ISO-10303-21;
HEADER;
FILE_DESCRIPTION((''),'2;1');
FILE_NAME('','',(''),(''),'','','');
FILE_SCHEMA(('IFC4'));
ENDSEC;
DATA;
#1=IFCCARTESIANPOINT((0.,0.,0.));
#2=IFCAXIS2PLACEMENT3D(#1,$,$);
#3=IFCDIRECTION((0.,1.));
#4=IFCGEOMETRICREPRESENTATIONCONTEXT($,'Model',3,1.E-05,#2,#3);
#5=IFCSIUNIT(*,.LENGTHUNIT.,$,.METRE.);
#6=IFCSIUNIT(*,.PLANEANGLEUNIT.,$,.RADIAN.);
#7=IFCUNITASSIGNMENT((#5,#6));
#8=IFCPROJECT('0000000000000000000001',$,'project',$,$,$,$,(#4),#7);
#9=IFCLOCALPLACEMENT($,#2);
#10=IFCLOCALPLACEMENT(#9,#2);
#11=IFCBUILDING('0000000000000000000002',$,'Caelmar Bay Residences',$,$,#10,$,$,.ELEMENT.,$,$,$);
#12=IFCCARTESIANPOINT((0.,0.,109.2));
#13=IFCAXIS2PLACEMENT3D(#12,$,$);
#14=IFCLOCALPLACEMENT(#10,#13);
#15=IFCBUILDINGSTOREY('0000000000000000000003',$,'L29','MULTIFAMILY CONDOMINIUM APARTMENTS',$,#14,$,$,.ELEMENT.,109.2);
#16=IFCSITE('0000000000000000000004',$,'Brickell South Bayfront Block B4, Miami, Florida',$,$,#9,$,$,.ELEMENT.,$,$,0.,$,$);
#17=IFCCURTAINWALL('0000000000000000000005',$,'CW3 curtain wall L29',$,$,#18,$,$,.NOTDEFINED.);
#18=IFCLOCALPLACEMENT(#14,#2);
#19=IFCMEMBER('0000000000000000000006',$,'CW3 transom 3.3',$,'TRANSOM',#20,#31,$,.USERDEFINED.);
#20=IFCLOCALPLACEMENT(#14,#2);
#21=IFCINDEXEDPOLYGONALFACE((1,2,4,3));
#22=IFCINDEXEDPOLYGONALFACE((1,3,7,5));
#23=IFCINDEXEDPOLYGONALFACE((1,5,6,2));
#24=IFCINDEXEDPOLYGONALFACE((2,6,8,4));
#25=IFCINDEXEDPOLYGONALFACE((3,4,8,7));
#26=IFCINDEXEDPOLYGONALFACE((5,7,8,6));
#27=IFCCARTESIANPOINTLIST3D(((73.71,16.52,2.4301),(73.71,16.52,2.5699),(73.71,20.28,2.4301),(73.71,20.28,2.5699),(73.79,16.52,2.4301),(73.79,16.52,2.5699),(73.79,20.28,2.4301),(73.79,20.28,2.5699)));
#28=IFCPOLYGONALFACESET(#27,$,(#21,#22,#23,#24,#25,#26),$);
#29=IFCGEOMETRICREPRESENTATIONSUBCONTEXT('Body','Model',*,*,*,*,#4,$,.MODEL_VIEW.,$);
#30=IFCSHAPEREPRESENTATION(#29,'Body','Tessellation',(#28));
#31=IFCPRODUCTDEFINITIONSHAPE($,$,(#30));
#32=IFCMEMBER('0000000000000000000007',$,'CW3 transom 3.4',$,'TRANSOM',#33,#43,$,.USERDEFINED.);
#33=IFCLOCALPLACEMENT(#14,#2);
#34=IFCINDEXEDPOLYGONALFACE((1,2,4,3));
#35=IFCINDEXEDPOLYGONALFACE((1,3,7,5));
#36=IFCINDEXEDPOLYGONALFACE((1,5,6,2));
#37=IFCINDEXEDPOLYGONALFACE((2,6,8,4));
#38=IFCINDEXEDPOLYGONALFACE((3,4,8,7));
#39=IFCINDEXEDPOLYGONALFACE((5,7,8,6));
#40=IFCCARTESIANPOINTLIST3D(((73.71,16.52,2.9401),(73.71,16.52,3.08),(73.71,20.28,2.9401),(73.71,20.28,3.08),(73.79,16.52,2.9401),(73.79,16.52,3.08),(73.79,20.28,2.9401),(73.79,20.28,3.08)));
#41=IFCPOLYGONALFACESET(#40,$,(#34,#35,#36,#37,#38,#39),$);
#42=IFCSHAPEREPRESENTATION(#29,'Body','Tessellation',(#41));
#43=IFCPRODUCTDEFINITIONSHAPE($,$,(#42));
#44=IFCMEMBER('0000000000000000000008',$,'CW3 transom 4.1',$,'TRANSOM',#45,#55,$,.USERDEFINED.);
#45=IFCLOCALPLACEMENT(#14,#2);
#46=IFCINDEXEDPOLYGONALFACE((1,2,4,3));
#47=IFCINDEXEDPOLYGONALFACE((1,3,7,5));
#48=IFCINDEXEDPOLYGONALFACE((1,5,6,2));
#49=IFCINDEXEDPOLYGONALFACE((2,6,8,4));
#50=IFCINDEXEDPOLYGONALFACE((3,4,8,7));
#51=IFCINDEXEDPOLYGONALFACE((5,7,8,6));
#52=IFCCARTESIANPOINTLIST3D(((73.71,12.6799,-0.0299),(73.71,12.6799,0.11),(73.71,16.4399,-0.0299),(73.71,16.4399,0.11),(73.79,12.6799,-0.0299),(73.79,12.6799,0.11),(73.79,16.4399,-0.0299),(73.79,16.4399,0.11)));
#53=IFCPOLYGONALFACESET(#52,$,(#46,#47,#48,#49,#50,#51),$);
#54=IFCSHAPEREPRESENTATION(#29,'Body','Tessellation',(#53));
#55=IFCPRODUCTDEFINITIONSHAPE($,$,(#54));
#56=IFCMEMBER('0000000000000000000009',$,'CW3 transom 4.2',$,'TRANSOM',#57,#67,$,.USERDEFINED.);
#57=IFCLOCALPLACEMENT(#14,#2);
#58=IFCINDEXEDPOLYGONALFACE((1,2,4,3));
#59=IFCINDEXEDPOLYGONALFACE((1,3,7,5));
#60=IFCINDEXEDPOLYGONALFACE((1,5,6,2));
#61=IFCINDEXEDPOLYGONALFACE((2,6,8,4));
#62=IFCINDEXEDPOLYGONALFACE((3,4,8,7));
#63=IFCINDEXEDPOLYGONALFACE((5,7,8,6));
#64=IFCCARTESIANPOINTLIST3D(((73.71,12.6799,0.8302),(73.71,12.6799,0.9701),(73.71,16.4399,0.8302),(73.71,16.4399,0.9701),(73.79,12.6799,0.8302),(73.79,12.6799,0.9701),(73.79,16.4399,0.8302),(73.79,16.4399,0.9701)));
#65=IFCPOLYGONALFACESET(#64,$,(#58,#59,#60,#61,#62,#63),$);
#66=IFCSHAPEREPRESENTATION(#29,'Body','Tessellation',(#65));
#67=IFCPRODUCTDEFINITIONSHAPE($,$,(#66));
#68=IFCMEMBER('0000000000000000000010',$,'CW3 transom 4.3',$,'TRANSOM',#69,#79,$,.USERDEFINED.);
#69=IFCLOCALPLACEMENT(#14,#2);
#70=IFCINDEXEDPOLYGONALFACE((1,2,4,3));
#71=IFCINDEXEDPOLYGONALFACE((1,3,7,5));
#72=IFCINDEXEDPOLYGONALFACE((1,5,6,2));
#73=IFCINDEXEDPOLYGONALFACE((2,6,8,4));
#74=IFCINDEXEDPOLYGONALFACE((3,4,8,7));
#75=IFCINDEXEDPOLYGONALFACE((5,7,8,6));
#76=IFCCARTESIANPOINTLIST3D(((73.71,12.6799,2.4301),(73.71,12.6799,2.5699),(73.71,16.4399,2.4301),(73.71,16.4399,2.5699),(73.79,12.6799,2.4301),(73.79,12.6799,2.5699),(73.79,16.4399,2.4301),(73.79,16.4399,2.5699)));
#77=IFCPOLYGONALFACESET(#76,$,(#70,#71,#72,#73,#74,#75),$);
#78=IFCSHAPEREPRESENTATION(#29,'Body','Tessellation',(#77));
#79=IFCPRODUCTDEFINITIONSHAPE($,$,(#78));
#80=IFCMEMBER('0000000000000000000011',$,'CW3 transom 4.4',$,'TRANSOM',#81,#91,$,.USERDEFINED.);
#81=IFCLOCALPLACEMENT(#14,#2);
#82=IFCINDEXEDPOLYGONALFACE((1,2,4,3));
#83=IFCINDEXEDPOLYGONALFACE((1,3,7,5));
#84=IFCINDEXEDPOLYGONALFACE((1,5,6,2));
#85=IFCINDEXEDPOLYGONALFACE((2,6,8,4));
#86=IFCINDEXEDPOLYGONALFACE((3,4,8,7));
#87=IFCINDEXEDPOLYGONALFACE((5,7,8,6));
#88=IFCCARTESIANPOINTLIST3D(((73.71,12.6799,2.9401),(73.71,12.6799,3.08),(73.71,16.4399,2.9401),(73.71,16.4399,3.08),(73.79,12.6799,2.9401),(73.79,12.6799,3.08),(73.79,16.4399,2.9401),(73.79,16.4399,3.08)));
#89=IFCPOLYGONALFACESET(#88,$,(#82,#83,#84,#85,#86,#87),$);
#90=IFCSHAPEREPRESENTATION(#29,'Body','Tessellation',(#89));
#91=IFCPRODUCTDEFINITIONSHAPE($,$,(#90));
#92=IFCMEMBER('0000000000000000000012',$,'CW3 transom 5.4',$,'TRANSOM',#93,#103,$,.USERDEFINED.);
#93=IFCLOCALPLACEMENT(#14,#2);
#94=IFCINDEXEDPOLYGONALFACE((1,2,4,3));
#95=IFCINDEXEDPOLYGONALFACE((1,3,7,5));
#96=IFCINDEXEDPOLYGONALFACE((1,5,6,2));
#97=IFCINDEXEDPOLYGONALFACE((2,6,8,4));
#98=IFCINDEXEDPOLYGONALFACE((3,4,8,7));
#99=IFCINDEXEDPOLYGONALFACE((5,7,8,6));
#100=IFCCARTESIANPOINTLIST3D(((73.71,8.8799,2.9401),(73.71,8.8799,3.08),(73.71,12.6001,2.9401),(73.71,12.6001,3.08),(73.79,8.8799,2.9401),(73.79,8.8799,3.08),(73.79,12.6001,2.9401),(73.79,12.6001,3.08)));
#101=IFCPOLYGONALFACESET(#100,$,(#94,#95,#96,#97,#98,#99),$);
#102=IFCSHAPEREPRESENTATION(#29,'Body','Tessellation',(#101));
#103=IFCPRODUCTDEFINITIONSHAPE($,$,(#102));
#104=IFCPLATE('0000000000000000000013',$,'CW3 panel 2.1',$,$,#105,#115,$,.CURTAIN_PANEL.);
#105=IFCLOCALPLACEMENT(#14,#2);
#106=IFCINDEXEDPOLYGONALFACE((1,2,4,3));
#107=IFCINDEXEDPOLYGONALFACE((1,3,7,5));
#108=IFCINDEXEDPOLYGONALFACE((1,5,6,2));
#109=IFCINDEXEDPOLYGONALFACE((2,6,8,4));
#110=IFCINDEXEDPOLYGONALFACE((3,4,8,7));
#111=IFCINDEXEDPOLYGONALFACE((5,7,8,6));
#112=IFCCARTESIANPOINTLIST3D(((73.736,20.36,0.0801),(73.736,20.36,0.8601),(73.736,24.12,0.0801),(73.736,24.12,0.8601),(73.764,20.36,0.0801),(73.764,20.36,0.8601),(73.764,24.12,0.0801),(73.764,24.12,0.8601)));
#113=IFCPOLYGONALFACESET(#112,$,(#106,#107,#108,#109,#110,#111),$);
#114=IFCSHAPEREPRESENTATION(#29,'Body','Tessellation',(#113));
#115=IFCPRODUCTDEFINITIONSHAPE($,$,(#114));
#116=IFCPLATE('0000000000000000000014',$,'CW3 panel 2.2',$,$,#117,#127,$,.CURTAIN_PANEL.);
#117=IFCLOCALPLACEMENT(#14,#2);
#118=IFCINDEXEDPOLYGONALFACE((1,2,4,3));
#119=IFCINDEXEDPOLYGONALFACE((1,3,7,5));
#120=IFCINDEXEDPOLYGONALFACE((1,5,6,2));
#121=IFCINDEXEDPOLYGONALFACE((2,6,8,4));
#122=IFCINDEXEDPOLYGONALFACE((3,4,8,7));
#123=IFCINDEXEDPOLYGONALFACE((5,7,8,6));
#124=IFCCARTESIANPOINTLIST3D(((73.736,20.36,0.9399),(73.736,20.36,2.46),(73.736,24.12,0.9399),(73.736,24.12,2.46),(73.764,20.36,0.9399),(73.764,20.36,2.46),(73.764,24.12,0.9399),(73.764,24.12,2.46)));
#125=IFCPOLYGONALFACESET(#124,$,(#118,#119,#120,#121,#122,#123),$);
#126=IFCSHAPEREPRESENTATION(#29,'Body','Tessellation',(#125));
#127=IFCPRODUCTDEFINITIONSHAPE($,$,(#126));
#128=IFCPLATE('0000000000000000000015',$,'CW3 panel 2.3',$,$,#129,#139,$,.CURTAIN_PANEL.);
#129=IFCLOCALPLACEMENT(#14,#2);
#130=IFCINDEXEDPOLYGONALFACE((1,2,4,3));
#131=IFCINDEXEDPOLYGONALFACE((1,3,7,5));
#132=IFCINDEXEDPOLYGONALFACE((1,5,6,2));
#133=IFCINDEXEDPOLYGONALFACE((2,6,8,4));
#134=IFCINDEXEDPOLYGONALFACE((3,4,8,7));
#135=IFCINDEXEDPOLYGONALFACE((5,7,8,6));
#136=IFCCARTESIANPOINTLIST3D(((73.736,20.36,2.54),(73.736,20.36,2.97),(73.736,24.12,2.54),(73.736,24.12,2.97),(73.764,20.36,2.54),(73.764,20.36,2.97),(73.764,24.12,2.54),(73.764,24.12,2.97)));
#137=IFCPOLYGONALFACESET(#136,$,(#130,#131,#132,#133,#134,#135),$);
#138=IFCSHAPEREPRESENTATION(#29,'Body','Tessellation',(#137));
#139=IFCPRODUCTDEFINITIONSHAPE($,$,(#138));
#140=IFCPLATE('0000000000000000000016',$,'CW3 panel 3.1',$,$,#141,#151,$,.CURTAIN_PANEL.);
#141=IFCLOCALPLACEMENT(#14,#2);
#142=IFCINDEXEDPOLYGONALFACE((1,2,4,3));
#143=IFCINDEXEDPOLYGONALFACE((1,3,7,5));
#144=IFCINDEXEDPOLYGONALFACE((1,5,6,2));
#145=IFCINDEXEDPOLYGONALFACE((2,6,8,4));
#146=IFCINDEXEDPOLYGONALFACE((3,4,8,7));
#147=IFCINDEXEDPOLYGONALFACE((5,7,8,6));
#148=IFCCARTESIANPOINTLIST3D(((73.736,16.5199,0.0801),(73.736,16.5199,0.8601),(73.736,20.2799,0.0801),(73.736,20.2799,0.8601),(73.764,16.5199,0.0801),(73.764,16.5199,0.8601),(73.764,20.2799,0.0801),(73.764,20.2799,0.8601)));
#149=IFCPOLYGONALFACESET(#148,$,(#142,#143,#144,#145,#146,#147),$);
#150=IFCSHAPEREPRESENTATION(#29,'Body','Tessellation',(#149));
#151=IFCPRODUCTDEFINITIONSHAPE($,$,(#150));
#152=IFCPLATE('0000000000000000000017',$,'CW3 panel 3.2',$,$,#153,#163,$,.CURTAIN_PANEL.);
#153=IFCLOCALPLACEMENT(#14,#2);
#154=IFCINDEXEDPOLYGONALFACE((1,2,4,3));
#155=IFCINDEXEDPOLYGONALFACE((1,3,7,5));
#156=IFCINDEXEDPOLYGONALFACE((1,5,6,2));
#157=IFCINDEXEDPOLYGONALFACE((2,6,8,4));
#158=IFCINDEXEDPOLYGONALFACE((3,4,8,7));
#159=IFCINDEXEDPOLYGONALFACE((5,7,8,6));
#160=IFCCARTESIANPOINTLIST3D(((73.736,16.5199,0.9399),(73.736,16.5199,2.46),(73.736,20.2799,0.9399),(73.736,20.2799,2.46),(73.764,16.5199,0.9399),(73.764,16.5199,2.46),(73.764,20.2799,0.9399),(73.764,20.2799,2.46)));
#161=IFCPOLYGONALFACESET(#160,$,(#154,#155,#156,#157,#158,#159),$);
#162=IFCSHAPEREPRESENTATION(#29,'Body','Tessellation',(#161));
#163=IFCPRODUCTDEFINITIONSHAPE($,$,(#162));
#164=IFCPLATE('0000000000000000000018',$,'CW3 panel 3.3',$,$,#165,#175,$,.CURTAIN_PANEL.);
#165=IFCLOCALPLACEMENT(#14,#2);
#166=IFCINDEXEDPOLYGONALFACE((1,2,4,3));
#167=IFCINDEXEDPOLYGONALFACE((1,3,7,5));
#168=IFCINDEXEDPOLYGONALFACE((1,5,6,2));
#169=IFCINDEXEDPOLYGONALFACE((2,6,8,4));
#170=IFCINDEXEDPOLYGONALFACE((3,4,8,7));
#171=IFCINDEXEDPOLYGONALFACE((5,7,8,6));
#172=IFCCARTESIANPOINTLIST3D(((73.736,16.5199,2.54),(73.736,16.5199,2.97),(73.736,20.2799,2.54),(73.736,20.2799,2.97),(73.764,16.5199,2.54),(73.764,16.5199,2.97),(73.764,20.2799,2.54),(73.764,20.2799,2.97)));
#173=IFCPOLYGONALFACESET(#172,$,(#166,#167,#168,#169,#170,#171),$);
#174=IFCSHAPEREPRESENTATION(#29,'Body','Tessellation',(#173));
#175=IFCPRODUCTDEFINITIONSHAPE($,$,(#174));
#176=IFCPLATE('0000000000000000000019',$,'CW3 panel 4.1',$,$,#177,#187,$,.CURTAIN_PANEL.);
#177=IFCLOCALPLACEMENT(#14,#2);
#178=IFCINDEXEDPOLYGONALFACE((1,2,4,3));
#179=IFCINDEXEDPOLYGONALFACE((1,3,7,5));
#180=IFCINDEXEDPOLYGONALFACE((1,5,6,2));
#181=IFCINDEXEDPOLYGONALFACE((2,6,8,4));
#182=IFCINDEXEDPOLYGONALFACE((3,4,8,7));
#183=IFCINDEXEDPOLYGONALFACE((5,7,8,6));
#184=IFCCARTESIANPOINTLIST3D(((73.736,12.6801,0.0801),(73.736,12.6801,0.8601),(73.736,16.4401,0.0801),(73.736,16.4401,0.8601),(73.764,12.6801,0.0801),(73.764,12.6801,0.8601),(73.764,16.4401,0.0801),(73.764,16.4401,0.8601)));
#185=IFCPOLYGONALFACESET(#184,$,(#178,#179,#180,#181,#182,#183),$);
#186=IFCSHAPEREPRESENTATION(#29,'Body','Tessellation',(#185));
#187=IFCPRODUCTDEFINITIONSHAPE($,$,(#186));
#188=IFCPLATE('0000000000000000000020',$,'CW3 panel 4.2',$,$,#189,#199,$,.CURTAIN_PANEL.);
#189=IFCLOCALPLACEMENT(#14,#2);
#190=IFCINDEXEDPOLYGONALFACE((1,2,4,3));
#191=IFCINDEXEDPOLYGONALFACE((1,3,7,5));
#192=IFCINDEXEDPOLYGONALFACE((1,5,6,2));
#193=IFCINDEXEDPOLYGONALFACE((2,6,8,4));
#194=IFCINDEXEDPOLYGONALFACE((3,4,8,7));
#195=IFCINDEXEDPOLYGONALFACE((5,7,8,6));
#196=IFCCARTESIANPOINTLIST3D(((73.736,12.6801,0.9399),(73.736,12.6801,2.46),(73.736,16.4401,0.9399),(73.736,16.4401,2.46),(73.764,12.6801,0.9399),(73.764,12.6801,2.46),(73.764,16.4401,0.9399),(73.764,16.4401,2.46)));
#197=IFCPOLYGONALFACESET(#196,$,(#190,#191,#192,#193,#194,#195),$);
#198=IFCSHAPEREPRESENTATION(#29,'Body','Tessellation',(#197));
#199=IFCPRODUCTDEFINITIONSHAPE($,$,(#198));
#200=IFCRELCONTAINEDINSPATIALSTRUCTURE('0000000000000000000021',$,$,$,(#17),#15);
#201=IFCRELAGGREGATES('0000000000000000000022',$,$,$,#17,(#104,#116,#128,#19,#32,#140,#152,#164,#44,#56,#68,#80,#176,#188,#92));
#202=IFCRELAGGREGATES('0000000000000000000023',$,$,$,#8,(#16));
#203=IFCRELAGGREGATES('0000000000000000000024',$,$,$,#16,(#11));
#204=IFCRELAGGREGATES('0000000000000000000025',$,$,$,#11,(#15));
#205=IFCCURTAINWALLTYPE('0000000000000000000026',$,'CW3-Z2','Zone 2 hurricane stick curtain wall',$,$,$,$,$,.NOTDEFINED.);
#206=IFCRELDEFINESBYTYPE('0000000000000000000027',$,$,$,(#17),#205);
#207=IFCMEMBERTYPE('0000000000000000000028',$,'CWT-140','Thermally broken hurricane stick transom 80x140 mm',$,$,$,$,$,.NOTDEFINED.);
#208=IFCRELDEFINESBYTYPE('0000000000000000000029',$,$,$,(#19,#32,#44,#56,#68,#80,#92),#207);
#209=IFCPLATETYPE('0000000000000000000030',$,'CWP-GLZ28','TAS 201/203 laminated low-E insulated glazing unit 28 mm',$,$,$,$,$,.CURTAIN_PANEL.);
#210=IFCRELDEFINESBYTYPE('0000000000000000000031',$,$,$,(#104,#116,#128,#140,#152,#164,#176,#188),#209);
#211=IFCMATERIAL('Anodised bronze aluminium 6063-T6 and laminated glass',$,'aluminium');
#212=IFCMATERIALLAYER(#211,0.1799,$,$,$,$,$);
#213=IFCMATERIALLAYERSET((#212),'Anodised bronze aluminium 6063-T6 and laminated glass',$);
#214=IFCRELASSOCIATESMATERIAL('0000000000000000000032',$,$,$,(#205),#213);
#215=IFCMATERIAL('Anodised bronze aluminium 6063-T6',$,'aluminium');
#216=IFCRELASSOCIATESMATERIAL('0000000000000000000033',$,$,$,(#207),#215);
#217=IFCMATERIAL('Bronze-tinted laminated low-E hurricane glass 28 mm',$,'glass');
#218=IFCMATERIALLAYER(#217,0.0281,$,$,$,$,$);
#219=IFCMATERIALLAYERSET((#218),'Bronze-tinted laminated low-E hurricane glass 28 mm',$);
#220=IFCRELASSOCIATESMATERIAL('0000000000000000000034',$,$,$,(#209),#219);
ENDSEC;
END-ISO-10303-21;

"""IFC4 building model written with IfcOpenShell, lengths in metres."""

from ifc_helpers import new_model, si_unit, direction, frame, origin, origin_2d, place, context, subcontext, project, spatial, rectangle, extrude, material, layer, layer_set, material_profile, profile_set, type_object, element, aggregate, save


model = new_model("IFC4")

# Units and contexts
model_context = context("Model", 3, precision=1e-05, world=origin(), true_north=direction((0.0, 1.0)))
body_context = subcontext(model_context, "Body", "Model", "MODEL_VIEW")
ifc_project = project(units=[si_unit("LENGTHUNIT", "METRE"), si_unit("PLANEANGLEUNIT", "RADIAN")], contexts=[model_context])

# Site, building, storey
site_placement = place(None, origin())
site = spatial("IfcSite", under=ifc_project, at=site_placement, Name="Brickell South Bayfront Block B4, Miami, Florida", CompositionType="ELEMENT", RefElevation=0.0)
building_placement = place(site_placement, origin())
building = spatial("IfcBuilding", under=site, at=building_placement, Name="Caelmar Bay Residences", CompositionType="ELEMENT")
storey_placement = place(building_placement, frame((0.0, 0.0, 109.2)))
storey = spatial("IfcBuildingStorey", under=building, at=storey_placement, Name="L29", Description="MULTIFAMILY CONDOMINIUM APARTMENTS", CompositionType="ELEMENT", Elevation=109.2)

# Curtain wall, members, plates
ifc_material_1 = material(Name="Anodised bronze aluminium 6063-T6 and laminated glass", Category="aluminium")
ifc_layer_1 = layer(ifc_material_1, 0.1799)
ifc_layer_set_1 = layer_set([ifc_layer_1], Name="Anodised bronze aluminium 6063-T6 and laminated glass")
curtain_wall_type = type_object("IfcCurtainWallType", Name="CW3-Z2", Description="Zone 2 hurricane stick curtain wall", PredefinedType="NOTDEFINED", material=ifc_layer_set_1)
curtain_wall_placement = place(storey_placement, origin())
curtain_wall = element("IfcCurtainWall", 1, at=curtain_wall_placement, inside=storey, type_object=curtain_wall_type, Name="CW3 curtain wall L29", PredefinedType="NOTDEFINED")
ifc_material_2 = material(Name="Anodised bronze aluminium 6063-T6", Category="aluminium")
ifc_material_profile_1 = material_profile(ifc_material_2, rectangle(XDim=0.0801, YDim=0.1399, at=origin_2d()), Name="CWT-80X140")
ifc_profile_set_1 = profile_set([ifc_material_profile_1], Name="Anodised bronze aluminium 6063-T6")
member_type_1 = type_object("IfcMemberType", Name="CWT-140", Description="Thermally broken hurricane stick transom 80x140 mm", PredefinedType="NOTDEFINED", material=ifc_profile_set_1)
member_1_placement = place(storey_placement, frame((73.75, 20.28, 2.5), z_axis=(0.0, -1.0, 0.0), x_axis=(1.0, 0.0, 0.0)))
member_1 = element("IfcMember", 2, at=member_1_placement, type_object=member_type_1, Name="CW3 transom 3.3", ObjectType="TRANSOM", PredefinedType="USERDEFINED", context=body_context, shape_type="SweptSolid", body=[
    extrude(rectangle(XDim=0.0801, YDim=0.1399, at=origin_2d()), origin(), (0.0, 0.0, 1.0), 3.76),
])
member_2_placement = place(storey_placement, frame((73.75, 20.28, 3.01), z_axis=(0.0, -1.0, 0.0), x_axis=(1.0, 0.0, 0.0)))
member_2 = element("IfcMember", 3, at=member_2_placement, type_object=member_type_1, Name="CW3 transom 3.4", ObjectType="TRANSOM", PredefinedType="USERDEFINED", context=body_context, shape_type="SweptSolid", body=[
    extrude(rectangle(XDim=0.0801, YDim=0.1399, at=origin_2d()), origin(), (0.0, 0.0, 1.0), 3.76),
])
member_3_placement = place(storey_placement, frame((73.75, 16.4399, 0.04), z_axis=(0.0, -1.0, 0.0), x_axis=(1.0, 0.0, 0.0)))
member_3 = element("IfcMember", 4, at=member_3_placement, type_object=member_type_1, Name="CW3 transom 4.1", ObjectType="TRANSOM", PredefinedType="USERDEFINED", context=body_context, shape_type="SweptSolid", body=[
    extrude(rectangle(XDim=0.0801, YDim=0.1399, at=origin_2d()), origin(), (0.0, 0.0, 1.0), 3.76),
])
member_4_placement = place(storey_placement, frame((73.75, 16.4399, 0.9001), z_axis=(0.0, -1.0, 0.0), x_axis=(1.0, 0.0, 0.0)))
member_4 = element("IfcMember", 5, at=member_4_placement, type_object=member_type_1, Name="CW3 transom 4.2", ObjectType="TRANSOM", PredefinedType="USERDEFINED", context=body_context, shape_type="SweptSolid", body=[
    extrude(rectangle(XDim=0.0801, YDim=0.1399, at=origin_2d()), origin(), (0.0, 0.0, 1.0), 3.76),
])
member_5_placement = place(storey_placement, frame((73.75, 16.4399, 2.5), z_axis=(0.0, -1.0, 0.0), x_axis=(1.0, 0.0, 0.0)))
member_5 = element("IfcMember", 6, at=member_5_placement, type_object=member_type_1, Name="CW3 transom 4.3", ObjectType="TRANSOM", PredefinedType="USERDEFINED", context=body_context, shape_type="SweptSolid", body=[
    extrude(rectangle(XDim=0.0801, YDim=0.1399, at=origin_2d()), origin(), (0.0, 0.0, 1.0), 3.76),
])
member_6_placement = place(storey_placement, frame((73.75, 16.4399, 3.01), z_axis=(0.0, -1.0, 0.0), x_axis=(1.0, 0.0, 0.0)))
member_6 = element("IfcMember", 7, at=member_6_placement, type_object=member_type_1, Name="CW3 transom 4.4", ObjectType="TRANSOM", PredefinedType="USERDEFINED", context=body_context, shape_type="SweptSolid", body=[
    extrude(rectangle(XDim=0.0801, YDim=0.1399, at=origin_2d()), origin(), (0.0, 0.0, 1.0), 3.76),
])
member_7_placement = place(storey_placement, frame((73.75, 12.6001, 3.01), z_axis=(0.0, -1.0, 0.0), x_axis=(1.0, 0.0, 0.0)))
member_7 = element("IfcMember", 8, at=member_7_placement, type_object=member_type_1, Name="CW3 transom 5.4", ObjectType="TRANSOM", PredefinedType="USERDEFINED", context=body_context, shape_type="SweptSolid", body=[
    extrude(rectangle(XDim=0.0801, YDim=0.1399, at=origin_2d()), origin(), (0.0, 0.0, 1.0), 3.7202),
])
ifc_material_3 = material(Name="Bronze-tinted laminated low-E hurricane glass 28 mm", Category="glass")
ifc_layer_2 = layer(ifc_material_3, 0.0281)
ifc_layer_set_2 = layer_set([ifc_layer_2], Name="Bronze-tinted laminated low-E hurricane glass 28 mm")
plate_type = type_object("IfcPlateType", Name="CWP-GLZ28", Description="TAS 201/203 laminated low-E insulated glazing unit 28 mm", PredefinedType="CURTAIN_PANEL", material=ifc_layer_set_2)
plate_1_placement = place(storey_placement, frame((73.75, 22.24, 0.0801), z_axis=(0.0, 0.0, 1.0), x_axis=(0.0, -1.0, 0.0)))
plate_1 = element("IfcPlate", 9, at=plate_1_placement, type_object=plate_type, Name="CW3 panel 2.1", PredefinedType="CURTAIN_PANEL", context=body_context, shape_type="SweptSolid", body=[
    extrude(rectangle(XDim=3.76, YDim=0.0281, at=origin_2d()), origin(), (0.0, 0.0, 1.0), 0.78),
])
plate_2_placement = place(storey_placement, frame((73.75, 22.24, 0.9399), z_axis=(0.0, 0.0, 1.0), x_axis=(0.0, -1.0, 0.0)))
plate_2 = element("IfcPlate", 10, at=plate_2_placement, type_object=plate_type, Name="CW3 panel 2.2", PredefinedType="CURTAIN_PANEL", context=body_context, shape_type="SweptSolid", body=[
    extrude(rectangle(XDim=3.76, YDim=0.0281, at=origin_2d()), origin(), (0.0, 0.0, 1.0), 1.52),
])
plate_3_placement = place(storey_placement, frame((73.75, 22.24, 2.54), z_axis=(0.0, 0.0, 1.0), x_axis=(0.0, -1.0, 0.0)))
plate_3 = element("IfcPlate", 11, at=plate_3_placement, type_object=plate_type, Name="CW3 panel 2.3", PredefinedType="CURTAIN_PANEL", context=body_context, shape_type="SweptSolid", body=[
    extrude(rectangle(XDim=3.76, YDim=0.0281, at=origin_2d()), origin(), (0.0, 0.0, 1.0), 0.4299),
])
plate_4_placement = place(storey_placement, frame((73.75, 18.3999, 0.0801), z_axis=(0.0, 0.0, 1.0), x_axis=(0.0, -1.0, 0.0)))
plate_4 = element("IfcPlate", 12, at=plate_4_placement, type_object=plate_type, Name="CW3 panel 3.1", PredefinedType="CURTAIN_PANEL", context=body_context, shape_type="SweptSolid", body=[
    extrude(rectangle(XDim=3.76, YDim=0.0281, at=origin_2d()), origin(), (0.0, 0.0, 1.0), 0.78),
])
plate_5_placement = place(storey_placement, frame((73.75, 18.3999, 0.9399), z_axis=(0.0, 0.0, 1.0), x_axis=(0.0, -1.0, 0.0)))
plate_5 = element("IfcPlate", 13, at=plate_5_placement, type_object=plate_type, Name="CW3 panel 3.2", PredefinedType="CURTAIN_PANEL", context=body_context, shape_type="SweptSolid", body=[
    extrude(rectangle(XDim=3.76, YDim=0.0281, at=origin_2d()), origin(), (0.0, 0.0, 1.0), 1.52),
])
plate_6_placement = place(storey_placement, frame((73.75, 18.3999, 2.54), z_axis=(0.0, 0.0, 1.0), x_axis=(0.0, -1.0, 0.0)))
plate_6 = element("IfcPlate", 14, at=plate_6_placement, type_object=plate_type, Name="CW3 panel 3.3", PredefinedType="CURTAIN_PANEL", context=body_context, shape_type="SweptSolid", body=[
    extrude(rectangle(XDim=3.76, YDim=0.0281, at=origin_2d()), origin(), (0.0, 0.0, 1.0), 0.4299),
])
plate_7_placement = place(storey_placement, frame((73.75, 14.5601, 0.0801), z_axis=(0.0, 0.0, 1.0), x_axis=(0.0, -1.0, 0.0)))
plate_7 = element("IfcPlate", 15, at=plate_7_placement, type_object=plate_type, Name="CW3 panel 4.1", PredefinedType="CURTAIN_PANEL", context=body_context, shape_type="SweptSolid", body=[
    extrude(rectangle(XDim=3.76, YDim=0.0281, at=origin_2d()), origin(), (0.0, 0.0, 1.0), 0.78),
])
plate_8_placement = place(storey_placement, frame((73.75, 14.5601, 0.9399), z_axis=(0.0, 0.0, 1.0), x_axis=(0.0, -1.0, 0.0)))
plate_8 = element("IfcPlate", 16, at=plate_8_placement, type_object=plate_type, Name="CW3 panel 4.2", PredefinedType="CURTAIN_PANEL", context=body_context, shape_type="SweptSolid", body=[
    extrude(rectangle(XDim=3.76, YDim=0.0281, at=origin_2d()), origin(), (0.0, 0.0, 1.0), 1.52),
])
aggregate(curtain_wall, [plate_1, plate_2, plate_3, member_1, member_2, plate_4, plate_5, plate_6, member_3, member_4, member_5, member_6, plate_7, plate_8, member_7])

save(model, "model.ifc")
